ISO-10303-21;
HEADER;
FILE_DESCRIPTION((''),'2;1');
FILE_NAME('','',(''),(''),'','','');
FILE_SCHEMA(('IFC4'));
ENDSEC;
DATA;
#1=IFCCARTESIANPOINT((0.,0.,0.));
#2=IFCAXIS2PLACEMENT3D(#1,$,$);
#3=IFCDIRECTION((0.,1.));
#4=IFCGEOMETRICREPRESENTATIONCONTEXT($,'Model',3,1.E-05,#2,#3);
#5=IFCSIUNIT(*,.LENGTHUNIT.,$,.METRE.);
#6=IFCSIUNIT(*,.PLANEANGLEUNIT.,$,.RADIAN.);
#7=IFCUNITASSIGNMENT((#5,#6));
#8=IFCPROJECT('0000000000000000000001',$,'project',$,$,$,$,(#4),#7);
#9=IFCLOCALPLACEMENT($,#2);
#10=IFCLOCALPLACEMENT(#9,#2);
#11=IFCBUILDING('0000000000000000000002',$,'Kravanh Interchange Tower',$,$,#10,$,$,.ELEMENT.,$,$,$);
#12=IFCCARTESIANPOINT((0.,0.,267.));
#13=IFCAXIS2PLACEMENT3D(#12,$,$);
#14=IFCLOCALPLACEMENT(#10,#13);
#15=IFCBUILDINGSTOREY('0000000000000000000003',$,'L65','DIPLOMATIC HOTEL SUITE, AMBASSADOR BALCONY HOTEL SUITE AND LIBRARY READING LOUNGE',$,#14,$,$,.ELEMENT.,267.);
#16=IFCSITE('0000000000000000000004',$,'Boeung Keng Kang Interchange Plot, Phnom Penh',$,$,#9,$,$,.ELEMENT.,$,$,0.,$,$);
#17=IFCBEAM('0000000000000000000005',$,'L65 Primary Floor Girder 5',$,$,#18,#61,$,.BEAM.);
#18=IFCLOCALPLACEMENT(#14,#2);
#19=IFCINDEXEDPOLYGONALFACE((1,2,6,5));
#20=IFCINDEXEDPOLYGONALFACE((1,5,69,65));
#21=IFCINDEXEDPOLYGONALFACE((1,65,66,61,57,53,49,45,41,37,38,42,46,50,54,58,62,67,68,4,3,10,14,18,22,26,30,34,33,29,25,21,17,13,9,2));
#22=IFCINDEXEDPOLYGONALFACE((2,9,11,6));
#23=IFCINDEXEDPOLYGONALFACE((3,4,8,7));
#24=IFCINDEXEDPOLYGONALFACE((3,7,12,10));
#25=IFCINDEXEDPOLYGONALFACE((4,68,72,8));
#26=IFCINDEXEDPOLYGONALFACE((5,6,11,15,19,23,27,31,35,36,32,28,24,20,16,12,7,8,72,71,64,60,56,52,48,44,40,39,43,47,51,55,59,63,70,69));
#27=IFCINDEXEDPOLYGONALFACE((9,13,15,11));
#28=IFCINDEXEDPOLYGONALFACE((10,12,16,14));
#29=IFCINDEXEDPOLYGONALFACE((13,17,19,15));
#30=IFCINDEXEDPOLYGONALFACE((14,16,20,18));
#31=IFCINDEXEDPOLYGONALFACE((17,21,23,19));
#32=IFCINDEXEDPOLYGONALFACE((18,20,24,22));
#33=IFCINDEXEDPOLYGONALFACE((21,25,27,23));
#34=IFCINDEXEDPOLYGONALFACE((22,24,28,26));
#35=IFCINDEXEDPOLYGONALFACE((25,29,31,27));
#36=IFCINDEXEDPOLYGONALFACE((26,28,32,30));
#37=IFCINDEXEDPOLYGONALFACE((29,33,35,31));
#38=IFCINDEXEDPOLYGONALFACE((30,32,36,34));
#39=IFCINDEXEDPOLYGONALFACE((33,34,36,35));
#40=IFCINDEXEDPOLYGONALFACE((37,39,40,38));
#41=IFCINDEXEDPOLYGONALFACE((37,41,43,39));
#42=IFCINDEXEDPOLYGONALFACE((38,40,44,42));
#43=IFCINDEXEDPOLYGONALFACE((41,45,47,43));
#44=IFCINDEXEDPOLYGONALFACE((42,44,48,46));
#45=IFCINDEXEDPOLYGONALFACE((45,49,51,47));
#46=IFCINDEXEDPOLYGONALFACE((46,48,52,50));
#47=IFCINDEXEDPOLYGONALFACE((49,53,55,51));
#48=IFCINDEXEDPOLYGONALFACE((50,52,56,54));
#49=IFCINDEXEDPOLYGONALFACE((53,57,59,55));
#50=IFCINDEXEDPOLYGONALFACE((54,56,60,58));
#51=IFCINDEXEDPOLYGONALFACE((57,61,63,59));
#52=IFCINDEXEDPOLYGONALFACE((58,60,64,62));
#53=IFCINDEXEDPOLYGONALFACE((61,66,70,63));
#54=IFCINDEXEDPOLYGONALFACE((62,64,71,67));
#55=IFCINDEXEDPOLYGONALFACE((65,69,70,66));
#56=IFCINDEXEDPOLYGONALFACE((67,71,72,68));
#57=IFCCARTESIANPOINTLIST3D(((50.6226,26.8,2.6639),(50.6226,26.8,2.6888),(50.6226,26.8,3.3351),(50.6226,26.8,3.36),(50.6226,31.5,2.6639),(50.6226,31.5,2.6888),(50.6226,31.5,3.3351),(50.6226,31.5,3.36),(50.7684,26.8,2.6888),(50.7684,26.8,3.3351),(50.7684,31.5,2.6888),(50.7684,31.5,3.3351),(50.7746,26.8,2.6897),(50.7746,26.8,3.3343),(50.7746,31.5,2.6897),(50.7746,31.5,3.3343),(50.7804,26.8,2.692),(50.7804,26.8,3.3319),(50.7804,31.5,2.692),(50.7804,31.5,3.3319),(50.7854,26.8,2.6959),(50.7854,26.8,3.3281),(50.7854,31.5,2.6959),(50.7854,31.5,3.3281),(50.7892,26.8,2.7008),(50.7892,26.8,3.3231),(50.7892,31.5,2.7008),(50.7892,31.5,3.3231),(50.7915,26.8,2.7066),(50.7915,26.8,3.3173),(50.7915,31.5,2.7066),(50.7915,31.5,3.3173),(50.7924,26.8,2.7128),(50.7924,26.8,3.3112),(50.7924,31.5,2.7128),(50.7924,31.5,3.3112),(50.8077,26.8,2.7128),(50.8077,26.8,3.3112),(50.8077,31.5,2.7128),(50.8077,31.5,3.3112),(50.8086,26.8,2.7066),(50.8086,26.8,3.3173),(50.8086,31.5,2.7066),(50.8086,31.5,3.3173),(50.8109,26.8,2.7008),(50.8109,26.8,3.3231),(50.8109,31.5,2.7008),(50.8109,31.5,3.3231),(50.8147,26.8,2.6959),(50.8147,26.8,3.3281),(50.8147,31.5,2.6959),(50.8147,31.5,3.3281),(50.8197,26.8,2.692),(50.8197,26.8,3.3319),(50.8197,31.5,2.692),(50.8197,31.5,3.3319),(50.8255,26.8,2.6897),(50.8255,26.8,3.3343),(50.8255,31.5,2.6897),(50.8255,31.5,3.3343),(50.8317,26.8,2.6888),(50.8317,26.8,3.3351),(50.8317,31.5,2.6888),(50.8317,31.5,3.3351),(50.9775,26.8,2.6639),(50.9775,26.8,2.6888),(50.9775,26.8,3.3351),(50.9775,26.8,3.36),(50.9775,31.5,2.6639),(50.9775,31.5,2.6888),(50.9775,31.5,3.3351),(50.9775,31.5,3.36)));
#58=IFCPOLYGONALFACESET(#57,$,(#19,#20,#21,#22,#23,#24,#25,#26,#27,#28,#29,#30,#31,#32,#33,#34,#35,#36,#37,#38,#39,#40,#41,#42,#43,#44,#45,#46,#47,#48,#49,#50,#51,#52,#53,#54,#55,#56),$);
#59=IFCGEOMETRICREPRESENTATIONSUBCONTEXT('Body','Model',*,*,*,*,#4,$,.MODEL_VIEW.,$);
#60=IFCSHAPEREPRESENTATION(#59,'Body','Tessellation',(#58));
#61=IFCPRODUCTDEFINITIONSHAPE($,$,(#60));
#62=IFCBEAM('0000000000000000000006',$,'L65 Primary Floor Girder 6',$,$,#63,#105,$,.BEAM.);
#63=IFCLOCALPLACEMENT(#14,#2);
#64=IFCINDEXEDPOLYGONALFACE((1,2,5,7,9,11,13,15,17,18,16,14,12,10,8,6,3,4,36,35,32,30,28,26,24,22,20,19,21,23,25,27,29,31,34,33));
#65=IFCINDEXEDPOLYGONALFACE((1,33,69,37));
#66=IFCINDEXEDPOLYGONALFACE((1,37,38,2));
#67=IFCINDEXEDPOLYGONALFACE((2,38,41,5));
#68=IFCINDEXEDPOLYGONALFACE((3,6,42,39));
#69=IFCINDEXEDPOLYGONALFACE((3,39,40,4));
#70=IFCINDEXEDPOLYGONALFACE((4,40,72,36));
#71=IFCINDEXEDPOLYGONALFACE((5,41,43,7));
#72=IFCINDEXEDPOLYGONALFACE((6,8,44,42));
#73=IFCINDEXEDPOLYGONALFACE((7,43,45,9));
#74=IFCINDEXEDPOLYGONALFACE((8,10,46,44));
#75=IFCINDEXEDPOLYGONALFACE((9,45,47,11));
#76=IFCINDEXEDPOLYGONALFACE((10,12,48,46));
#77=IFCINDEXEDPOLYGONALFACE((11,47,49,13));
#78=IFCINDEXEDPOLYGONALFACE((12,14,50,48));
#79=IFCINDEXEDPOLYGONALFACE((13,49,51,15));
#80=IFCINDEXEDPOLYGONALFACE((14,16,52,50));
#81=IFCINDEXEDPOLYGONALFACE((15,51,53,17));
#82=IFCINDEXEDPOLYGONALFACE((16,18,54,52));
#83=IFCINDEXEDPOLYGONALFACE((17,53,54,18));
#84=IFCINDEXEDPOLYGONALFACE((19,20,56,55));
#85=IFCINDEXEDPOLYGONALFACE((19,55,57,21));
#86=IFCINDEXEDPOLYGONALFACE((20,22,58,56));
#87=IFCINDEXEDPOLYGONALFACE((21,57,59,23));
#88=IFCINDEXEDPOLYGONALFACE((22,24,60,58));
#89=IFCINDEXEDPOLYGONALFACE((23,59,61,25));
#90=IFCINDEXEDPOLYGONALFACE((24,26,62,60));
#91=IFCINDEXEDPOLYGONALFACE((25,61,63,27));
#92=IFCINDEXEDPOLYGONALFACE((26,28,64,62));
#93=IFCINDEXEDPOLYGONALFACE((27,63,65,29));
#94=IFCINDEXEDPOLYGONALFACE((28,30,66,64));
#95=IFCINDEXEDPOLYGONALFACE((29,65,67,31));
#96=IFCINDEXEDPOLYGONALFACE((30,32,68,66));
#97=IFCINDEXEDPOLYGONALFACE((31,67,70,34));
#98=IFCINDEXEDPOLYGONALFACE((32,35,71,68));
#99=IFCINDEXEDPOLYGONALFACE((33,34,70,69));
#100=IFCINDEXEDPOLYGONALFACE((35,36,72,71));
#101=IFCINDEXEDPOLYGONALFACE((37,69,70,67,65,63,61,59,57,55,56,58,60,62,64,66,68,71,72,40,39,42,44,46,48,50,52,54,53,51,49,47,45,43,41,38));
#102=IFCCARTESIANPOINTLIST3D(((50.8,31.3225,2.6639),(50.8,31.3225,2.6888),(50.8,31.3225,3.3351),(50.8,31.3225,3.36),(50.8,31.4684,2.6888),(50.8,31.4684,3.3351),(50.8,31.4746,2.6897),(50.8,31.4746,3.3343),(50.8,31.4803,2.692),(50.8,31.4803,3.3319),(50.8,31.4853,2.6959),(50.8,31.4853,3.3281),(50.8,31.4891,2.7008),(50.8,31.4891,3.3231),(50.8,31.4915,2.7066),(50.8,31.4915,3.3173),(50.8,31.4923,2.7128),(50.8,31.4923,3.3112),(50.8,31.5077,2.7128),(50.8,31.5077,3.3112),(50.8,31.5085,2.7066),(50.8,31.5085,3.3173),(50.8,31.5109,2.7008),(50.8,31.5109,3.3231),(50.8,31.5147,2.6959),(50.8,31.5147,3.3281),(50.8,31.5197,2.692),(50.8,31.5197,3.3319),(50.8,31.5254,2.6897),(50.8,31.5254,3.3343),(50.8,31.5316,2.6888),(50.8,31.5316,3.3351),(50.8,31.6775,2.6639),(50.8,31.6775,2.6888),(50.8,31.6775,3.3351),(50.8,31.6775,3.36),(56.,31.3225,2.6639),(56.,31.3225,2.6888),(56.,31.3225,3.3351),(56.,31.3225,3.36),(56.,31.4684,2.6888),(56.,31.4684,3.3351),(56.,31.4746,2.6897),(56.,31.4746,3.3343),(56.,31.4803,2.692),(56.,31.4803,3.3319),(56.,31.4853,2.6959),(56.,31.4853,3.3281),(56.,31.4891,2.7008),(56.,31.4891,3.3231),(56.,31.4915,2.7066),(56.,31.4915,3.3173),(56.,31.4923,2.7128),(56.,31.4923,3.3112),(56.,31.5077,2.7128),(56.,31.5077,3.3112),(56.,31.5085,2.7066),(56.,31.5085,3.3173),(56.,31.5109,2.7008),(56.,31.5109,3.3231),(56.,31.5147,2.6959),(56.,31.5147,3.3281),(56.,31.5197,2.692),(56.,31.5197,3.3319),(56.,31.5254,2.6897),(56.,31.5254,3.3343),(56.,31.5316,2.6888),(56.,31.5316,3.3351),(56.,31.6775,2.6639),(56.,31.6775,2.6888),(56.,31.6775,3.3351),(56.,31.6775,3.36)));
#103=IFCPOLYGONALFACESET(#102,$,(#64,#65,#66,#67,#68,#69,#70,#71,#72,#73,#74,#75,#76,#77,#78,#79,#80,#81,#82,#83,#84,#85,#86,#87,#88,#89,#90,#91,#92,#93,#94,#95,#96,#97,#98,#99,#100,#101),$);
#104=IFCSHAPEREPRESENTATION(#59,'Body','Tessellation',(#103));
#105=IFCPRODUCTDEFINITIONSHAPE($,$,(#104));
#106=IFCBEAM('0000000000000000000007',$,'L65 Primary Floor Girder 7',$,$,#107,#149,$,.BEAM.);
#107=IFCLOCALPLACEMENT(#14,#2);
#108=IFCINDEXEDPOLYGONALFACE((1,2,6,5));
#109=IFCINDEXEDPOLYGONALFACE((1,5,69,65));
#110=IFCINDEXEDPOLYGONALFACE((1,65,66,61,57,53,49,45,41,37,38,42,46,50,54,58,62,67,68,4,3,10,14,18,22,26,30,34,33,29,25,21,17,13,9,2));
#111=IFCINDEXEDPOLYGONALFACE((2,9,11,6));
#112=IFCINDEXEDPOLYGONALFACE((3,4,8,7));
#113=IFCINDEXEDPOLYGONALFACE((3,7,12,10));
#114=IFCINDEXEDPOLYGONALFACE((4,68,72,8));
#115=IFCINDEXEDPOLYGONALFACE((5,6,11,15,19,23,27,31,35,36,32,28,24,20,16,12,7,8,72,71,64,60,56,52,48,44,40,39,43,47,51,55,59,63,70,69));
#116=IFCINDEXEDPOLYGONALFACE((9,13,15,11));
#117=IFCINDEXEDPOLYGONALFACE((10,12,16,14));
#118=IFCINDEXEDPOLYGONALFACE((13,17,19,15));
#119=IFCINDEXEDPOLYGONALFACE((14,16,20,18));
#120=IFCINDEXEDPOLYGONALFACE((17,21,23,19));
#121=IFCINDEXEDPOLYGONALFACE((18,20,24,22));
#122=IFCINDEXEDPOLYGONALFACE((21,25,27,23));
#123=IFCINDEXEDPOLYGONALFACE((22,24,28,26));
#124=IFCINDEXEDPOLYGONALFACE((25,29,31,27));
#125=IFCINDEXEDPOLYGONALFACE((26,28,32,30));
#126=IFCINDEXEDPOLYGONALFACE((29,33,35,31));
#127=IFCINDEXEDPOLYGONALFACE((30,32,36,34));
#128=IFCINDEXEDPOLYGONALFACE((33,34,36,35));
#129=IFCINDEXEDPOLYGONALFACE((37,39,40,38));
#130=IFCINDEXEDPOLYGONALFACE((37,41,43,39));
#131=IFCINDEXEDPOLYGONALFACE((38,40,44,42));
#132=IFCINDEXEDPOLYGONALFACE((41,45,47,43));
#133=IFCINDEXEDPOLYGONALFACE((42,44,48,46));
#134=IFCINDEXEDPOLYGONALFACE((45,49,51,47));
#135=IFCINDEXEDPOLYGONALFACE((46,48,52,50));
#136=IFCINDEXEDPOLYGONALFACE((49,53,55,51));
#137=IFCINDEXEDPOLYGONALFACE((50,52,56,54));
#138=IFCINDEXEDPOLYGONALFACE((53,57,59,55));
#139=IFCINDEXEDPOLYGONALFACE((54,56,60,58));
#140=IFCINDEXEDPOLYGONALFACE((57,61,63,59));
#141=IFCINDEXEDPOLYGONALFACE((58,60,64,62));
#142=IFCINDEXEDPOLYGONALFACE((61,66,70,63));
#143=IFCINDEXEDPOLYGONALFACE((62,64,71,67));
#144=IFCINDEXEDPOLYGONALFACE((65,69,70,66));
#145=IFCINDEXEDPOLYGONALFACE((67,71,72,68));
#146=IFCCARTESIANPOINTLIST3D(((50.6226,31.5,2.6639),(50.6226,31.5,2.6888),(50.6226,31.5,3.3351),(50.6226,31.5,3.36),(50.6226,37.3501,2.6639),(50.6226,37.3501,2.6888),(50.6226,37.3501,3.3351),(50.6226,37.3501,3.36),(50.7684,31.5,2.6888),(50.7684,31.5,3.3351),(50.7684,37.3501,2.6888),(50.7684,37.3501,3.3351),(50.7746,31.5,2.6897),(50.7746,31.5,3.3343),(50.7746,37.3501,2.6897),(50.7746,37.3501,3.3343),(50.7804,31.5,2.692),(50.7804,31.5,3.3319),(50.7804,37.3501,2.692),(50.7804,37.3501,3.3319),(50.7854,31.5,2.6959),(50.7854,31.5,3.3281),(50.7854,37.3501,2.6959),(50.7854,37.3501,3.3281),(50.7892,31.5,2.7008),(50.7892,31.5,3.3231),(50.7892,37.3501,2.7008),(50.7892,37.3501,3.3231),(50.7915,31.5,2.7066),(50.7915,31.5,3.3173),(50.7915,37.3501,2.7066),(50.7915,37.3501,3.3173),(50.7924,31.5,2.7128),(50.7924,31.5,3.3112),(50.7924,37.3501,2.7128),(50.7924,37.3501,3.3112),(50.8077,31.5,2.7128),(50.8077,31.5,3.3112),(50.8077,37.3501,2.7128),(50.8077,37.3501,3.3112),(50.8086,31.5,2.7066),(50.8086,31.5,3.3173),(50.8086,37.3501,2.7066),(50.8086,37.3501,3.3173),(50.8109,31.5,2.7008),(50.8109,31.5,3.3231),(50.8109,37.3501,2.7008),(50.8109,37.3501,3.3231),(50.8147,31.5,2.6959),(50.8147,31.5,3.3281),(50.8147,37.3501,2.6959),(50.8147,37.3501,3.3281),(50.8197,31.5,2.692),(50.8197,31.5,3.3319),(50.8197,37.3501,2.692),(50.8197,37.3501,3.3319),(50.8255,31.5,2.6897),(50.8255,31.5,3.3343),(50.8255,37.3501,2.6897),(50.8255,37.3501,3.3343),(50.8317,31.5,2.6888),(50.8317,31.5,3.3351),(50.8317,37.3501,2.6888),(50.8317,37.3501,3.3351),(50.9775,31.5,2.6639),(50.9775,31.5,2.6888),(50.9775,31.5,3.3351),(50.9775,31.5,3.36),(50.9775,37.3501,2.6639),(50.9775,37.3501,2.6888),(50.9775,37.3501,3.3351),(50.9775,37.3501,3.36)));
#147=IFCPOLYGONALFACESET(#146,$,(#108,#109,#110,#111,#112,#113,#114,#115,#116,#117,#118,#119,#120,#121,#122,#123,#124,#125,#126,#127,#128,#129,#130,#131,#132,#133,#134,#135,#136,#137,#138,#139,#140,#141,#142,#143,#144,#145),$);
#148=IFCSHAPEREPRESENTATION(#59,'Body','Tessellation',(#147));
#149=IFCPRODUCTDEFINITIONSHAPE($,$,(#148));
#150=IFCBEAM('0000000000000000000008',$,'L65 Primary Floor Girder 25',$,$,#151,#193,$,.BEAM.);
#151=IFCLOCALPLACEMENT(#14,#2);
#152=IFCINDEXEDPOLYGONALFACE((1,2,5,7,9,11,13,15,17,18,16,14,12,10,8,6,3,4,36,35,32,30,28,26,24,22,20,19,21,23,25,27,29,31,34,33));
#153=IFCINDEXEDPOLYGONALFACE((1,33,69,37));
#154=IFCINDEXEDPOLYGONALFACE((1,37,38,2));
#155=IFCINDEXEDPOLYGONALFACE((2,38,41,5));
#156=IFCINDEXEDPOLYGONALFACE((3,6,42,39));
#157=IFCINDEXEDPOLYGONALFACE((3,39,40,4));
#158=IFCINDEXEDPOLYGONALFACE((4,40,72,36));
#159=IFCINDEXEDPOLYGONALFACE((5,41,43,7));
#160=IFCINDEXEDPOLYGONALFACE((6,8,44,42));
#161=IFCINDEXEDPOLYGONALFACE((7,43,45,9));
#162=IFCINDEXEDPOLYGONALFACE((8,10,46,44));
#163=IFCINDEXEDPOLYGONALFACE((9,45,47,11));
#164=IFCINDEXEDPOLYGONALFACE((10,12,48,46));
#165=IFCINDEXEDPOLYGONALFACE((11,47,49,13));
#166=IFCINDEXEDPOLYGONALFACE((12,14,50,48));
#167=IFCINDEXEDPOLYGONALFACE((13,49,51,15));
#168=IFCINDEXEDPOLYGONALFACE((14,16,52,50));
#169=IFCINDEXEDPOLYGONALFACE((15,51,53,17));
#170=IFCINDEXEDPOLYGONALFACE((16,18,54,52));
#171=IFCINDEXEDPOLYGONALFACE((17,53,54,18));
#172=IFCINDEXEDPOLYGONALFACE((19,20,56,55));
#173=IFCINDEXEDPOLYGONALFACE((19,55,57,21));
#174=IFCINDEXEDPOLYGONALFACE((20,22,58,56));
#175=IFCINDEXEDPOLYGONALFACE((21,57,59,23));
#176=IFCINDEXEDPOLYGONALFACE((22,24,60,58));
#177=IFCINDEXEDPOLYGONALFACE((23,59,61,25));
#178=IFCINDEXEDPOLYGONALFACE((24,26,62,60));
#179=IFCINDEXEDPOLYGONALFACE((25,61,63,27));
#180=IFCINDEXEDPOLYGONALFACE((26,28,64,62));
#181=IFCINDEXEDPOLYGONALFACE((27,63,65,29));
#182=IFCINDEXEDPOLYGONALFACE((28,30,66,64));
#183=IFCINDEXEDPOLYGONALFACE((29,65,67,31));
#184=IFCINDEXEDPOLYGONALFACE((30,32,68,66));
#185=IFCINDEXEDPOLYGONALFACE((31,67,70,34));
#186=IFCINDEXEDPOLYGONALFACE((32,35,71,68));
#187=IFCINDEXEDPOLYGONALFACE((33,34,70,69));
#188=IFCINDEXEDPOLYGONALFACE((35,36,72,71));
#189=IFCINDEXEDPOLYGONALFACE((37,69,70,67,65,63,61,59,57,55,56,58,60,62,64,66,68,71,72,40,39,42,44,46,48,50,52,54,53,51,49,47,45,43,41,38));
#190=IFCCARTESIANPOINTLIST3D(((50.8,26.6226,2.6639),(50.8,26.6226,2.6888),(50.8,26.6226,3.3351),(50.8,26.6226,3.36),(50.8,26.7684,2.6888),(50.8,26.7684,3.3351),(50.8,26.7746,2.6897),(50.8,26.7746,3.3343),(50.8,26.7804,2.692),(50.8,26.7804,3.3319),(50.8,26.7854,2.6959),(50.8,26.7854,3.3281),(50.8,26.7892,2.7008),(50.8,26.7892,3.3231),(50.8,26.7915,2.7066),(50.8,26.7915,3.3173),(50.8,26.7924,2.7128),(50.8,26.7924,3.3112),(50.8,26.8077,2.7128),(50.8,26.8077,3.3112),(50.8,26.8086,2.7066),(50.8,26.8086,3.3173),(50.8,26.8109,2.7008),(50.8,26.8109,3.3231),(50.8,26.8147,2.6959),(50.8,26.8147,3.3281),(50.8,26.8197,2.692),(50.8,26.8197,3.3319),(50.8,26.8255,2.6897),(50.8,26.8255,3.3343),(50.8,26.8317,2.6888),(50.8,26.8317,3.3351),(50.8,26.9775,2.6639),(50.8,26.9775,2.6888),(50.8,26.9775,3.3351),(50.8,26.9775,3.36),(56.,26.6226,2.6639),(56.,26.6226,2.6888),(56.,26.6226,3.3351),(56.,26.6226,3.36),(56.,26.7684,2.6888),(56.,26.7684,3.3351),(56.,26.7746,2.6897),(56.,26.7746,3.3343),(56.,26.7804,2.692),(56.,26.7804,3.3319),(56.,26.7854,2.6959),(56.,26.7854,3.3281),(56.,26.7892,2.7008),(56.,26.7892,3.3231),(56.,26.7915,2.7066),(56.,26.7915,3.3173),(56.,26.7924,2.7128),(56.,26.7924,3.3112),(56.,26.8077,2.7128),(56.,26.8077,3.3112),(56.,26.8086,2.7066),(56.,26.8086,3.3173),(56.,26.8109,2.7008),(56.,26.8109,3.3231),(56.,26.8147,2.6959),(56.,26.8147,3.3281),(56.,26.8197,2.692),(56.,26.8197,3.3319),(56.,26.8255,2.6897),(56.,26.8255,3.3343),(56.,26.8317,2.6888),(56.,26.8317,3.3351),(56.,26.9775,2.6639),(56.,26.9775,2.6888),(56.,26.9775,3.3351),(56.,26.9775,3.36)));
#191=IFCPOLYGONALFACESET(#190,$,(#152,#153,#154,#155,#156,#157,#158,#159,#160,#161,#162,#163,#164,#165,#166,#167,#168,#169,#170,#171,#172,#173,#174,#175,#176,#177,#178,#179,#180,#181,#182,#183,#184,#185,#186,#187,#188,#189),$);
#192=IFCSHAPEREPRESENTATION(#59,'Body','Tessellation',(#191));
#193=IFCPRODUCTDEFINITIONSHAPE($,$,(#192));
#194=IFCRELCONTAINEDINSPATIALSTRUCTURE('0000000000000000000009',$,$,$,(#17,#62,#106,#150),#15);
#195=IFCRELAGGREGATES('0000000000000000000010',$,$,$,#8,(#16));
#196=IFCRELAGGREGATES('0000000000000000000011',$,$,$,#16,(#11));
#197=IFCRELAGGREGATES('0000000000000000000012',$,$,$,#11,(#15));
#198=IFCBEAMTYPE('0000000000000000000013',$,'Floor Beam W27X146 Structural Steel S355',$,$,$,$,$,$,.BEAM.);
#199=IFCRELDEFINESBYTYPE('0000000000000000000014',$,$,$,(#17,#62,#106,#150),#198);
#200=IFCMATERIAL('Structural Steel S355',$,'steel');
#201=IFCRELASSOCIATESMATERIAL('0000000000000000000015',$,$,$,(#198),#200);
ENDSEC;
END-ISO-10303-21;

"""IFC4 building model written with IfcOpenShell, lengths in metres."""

from ifc_helpers import new_model, si_unit, direction, frame, origin, origin_2d, place, context, subcontext, project, spatial, i_section, extrude, material, material_profile, profile_set, type_object, element, save


model = new_model("IFC4")

# Units and contexts
model_context = context("Model", 3, precision=1e-05, world=origin(), true_north=direction((0.0, 1.0)))
body_context = subcontext(model_context, "Body", "Model", "MODEL_VIEW")
ifc_project = project(units=[si_unit("LENGTHUNIT", "METRE"), si_unit("PLANEANGLEUNIT", "RADIAN")], contexts=[model_context])

# Site, building, storey
site_placement = place(None, origin())
site = spatial("IfcSite", under=ifc_project, at=site_placement, Name="Boeung Keng Kang Interchange Plot, Phnom Penh", CompositionType="ELEMENT", RefElevation=0.0)
building_placement = place(site_placement, origin())
building = spatial("IfcBuilding", under=site, at=building_placement, Name="Kravanh Interchange Tower", CompositionType="ELEMENT")
storey_placement = place(building_placement, frame((0.0, 0.0, 267.0)))
storey = spatial("IfcBuildingStorey", under=building, at=storey_placement, Name="L65", Description="DIPLOMATIC HOTEL SUITE, AMBASSADOR BALCONY HOTEL SUITE AND LIBRARY READING LOUNGE", CompositionType="ELEMENT", Elevation=267.0)

# Beams
ifc_material_1 = material(Name="Structural Steel S355", Category="steel")
ifc_material_profile_1 = material_profile(ifc_material_1, i_section(OverallWidth=0.355, OverallDepth=0.696, WebThickness=0.0154, FlangeThickness=0.0249, FilletRadius=0.0239, at=origin_2d()), Name="W27X146")
ifc_profile_set_1 = profile_set([ifc_material_profile_1], Name="Structural Steel S355")
beam_type_1 = type_object("IfcBeamType", Name="Floor Beam W27X146 Structural Steel S355", PredefinedType="BEAM", material=ifc_profile_set_1)
beam_1_placement = place(storey_placement, frame((50.8, 31.5, 3.012), z_axis=(0.0, -1.0, 0.0), x_axis=(1.0, 0.0, 0.0)))
element("IfcBeam", 1, at=beam_1_placement, inside=storey, type_object=beam_type_1, Name="L65 Primary Floor Girder 5", PredefinedType="BEAM", context=body_context, shape_type="SweptSolid", body=[
    extrude(i_section(OverallWidth=0.355, OverallDepth=0.696, WebThickness=0.0154, FlangeThickness=0.0249, FilletRadius=0.0239, at=origin_2d()), origin(), (0.0, 0.0, 1.0), 4.7),
])
beam_2_placement = place(storey_placement, frame((50.8, 31.5, 3.012), z_axis=(1.0, 0.0, 0.0), x_axis=(0.0, 1.0, 0.0)))
element("IfcBeam", 2, at=beam_2_placement, inside=storey, type_object=beam_type_1, Name="L65 Primary Floor Girder 6", PredefinedType="BEAM", context=body_context, shape_type="SweptSolid", body=[
    extrude(i_section(OverallWidth=0.355, OverallDepth=0.696, WebThickness=0.0154, FlangeThickness=0.0249, FilletRadius=0.0239, at=origin_2d()), origin(), (0.0, 0.0, 1.0), 5.2),
])
beam_3_placement = place(storey_placement, frame((50.8, 31.5, 3.012), z_axis=(0.0, 1.0, 0.0), x_axis=(-1.0, 0.0, 0.0)))
element("IfcBeam", 3, at=beam_3_placement, inside=storey, type_object=beam_type_1, Name="L65 Primary Floor Girder 7", PredefinedType="BEAM", context=body_context, shape_type="SweptSolid", body=[
    extrude(i_section(OverallWidth=0.355, OverallDepth=0.696, WebThickness=0.0154, FlangeThickness=0.0249, FilletRadius=0.0239, at=origin_2d()), origin(), (0.0, 0.0, 1.0), 5.8501),
])
beam_4_placement = place(storey_placement, frame((50.8, 26.8, 3.012), z_axis=(1.0, 0.0, 0.0), x_axis=(0.0, 1.0, 0.0)))
element("IfcBeam", 4, at=beam_4_placement, inside=storey, type_object=beam_type_1, Name="L65 Primary Floor Girder 25", PredefinedType="BEAM", context=body_context, shape_type="SweptSolid", body=[
    extrude(i_section(OverallWidth=0.355, OverallDepth=0.696, WebThickness=0.0154, FlangeThickness=0.0249, FilletRadius=0.0239, at=origin_2d()), origin(), (0.0, 0.0, 1.0), 5.2),
])

save(model, "model.ifc")
